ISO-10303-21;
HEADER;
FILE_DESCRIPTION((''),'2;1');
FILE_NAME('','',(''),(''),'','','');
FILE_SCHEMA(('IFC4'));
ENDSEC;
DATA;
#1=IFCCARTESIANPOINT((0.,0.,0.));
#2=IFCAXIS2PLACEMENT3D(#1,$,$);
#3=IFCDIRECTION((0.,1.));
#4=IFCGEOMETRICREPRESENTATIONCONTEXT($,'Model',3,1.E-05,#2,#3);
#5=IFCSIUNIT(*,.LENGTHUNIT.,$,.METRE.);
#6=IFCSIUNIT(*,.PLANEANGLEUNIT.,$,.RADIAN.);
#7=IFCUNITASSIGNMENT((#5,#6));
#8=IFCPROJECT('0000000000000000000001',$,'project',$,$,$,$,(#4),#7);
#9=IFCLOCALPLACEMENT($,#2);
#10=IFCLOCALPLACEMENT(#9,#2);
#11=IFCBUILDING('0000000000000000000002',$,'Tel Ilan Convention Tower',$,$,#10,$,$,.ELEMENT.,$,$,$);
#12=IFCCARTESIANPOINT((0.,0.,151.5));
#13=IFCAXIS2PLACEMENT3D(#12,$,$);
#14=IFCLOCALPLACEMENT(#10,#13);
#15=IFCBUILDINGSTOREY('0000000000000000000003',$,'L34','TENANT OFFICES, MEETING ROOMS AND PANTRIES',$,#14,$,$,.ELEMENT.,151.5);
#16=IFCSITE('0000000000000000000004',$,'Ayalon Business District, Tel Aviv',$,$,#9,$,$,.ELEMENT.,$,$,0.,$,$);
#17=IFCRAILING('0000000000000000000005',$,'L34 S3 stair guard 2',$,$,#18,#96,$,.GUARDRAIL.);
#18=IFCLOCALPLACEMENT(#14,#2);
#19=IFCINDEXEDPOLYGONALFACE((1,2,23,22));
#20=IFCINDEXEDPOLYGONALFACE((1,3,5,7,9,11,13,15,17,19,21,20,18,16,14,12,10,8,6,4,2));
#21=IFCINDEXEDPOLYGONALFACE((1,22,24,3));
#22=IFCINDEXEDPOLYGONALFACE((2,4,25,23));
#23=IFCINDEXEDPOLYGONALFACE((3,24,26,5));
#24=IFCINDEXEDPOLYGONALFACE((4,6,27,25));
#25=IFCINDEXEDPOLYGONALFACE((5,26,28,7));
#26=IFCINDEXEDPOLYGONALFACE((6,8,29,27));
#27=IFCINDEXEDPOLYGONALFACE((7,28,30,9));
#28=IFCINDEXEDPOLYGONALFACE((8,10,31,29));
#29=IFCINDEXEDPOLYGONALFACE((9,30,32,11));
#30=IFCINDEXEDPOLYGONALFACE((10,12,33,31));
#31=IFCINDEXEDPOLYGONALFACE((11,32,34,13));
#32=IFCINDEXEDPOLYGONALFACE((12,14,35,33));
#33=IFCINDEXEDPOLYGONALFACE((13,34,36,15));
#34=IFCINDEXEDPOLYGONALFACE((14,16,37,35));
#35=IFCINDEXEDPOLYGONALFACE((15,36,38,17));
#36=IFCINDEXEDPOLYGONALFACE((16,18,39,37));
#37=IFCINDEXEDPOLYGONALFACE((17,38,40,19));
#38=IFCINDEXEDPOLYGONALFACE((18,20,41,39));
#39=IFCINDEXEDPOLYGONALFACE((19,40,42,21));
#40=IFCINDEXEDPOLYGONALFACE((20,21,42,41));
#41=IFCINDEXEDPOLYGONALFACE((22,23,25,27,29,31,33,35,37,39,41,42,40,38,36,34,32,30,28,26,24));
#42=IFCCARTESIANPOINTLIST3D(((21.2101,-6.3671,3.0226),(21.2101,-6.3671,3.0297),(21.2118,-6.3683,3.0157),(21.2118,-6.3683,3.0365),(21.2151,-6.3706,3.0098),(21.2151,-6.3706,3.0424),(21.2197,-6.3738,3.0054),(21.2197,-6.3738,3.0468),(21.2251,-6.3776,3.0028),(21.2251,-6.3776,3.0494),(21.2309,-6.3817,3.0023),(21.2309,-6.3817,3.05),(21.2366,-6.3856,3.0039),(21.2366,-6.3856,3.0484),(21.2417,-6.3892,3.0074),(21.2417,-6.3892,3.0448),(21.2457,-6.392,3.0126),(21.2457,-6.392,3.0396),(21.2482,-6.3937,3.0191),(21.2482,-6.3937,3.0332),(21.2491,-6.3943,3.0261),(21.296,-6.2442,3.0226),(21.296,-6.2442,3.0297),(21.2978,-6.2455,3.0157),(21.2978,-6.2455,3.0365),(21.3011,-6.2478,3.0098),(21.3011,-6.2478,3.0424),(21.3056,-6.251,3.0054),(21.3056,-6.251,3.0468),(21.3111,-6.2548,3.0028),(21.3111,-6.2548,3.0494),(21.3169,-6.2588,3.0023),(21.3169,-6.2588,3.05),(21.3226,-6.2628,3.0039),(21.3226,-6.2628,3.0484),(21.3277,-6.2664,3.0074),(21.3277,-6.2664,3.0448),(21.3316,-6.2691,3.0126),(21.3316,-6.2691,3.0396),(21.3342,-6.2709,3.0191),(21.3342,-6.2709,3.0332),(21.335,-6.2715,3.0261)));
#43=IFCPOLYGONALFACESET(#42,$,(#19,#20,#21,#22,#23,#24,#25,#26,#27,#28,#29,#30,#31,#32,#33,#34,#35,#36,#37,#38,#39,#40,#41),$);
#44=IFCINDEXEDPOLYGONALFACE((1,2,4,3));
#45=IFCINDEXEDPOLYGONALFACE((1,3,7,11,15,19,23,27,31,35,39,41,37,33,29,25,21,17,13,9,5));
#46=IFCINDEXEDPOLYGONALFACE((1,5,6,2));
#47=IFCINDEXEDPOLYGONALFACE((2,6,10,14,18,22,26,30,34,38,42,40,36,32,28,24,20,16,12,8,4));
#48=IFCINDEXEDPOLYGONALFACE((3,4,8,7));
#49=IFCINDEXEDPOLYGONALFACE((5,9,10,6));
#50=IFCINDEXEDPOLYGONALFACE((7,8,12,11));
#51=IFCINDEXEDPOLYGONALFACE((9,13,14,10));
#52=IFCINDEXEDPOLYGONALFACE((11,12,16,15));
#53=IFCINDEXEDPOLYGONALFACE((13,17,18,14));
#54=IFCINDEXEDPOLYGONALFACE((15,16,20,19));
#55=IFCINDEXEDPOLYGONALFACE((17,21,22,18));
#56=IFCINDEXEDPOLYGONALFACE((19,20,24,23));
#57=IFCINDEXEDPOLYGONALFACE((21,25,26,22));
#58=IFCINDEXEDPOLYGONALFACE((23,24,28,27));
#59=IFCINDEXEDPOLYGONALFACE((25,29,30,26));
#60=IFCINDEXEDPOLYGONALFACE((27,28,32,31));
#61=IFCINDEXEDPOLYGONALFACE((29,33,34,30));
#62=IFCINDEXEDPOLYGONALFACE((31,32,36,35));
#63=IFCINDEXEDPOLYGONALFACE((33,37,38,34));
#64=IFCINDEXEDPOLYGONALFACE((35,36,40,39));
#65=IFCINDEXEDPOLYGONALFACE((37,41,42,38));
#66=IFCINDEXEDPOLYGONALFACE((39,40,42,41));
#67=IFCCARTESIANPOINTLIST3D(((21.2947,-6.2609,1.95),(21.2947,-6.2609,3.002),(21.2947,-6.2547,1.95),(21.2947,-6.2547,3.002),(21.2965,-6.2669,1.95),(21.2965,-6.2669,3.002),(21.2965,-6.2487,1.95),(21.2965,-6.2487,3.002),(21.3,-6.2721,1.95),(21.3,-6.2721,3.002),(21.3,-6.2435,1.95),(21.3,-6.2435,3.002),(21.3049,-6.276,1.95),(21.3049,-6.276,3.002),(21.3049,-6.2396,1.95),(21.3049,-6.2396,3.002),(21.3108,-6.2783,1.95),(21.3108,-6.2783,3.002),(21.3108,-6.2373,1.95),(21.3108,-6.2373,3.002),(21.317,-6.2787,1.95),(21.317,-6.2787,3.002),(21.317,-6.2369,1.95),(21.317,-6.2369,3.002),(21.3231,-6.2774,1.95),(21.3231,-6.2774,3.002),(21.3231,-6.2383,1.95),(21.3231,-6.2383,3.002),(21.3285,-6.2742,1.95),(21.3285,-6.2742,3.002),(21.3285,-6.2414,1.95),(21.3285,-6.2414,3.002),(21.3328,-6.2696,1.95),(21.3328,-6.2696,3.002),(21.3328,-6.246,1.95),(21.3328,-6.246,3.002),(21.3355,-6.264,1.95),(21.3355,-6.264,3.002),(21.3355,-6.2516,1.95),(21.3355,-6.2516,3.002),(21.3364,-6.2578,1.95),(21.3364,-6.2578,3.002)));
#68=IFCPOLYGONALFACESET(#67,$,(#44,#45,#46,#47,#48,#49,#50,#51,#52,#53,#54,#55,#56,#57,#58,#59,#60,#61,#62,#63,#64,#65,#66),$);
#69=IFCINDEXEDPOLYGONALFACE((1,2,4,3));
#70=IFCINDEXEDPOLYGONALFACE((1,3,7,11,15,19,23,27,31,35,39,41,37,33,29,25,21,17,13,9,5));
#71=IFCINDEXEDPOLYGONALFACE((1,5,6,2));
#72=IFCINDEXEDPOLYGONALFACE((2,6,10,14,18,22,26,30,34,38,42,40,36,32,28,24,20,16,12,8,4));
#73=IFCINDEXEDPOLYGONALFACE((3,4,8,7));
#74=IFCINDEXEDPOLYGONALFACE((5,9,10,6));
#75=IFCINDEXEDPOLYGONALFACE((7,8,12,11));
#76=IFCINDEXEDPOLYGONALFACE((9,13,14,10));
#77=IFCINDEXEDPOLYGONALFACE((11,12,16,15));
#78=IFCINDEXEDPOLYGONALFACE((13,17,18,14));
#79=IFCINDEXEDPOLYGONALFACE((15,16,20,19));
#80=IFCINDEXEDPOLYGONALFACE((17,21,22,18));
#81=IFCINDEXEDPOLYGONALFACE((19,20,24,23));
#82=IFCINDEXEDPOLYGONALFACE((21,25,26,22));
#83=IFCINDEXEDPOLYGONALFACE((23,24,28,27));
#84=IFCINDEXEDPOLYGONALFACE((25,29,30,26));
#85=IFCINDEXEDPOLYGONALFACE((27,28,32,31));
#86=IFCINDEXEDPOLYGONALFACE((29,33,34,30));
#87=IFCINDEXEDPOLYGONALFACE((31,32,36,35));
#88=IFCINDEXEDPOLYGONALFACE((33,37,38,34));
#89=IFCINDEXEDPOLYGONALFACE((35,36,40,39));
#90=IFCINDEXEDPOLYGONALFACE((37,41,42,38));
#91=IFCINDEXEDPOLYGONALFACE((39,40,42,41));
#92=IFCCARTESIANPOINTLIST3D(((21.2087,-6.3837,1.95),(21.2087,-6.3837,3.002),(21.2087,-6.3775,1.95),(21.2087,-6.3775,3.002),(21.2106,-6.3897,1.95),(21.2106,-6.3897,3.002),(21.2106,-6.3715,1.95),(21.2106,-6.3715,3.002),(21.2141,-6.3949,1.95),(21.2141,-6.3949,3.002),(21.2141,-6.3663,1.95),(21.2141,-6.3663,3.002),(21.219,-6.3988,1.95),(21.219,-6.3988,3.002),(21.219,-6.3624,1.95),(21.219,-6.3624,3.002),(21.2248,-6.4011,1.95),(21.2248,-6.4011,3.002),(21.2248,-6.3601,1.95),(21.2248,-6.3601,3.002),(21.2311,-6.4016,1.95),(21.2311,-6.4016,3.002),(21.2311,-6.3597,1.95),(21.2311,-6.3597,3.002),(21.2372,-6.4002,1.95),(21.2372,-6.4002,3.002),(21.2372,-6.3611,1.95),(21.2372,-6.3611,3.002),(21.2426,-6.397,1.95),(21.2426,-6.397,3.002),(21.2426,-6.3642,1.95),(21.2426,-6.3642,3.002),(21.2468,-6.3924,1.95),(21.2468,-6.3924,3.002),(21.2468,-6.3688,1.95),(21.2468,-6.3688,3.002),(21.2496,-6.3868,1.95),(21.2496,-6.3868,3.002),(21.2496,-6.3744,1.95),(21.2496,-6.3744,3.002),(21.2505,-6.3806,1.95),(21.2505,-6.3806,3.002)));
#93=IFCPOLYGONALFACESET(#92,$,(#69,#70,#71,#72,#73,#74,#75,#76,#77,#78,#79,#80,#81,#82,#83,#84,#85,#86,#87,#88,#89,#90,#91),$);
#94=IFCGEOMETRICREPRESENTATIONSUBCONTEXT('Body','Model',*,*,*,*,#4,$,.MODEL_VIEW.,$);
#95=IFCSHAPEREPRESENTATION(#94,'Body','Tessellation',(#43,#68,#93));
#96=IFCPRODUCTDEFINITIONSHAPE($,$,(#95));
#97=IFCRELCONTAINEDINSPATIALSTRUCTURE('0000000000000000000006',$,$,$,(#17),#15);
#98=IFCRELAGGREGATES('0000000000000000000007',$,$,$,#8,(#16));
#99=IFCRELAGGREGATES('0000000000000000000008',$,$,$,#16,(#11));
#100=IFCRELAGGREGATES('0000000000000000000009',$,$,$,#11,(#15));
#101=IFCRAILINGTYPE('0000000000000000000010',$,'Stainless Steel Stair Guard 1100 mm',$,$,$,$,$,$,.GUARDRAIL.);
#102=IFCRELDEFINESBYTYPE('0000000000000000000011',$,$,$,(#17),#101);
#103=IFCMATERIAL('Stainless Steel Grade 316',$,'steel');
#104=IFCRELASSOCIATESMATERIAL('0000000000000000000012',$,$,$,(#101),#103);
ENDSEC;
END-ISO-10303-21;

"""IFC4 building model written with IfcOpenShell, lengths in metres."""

from ifc_helpers import new_model, si_unit, direction, frame, origin, origin_2d, place, context, subcontext, project, spatial, circle, extrude, material, type_object, element, save


model = new_model("IFC4")

# Units and contexts
model_context = context("Model", 3, precision=1e-05, world=origin(), true_north=direction((0.0, 1.0)))
body_context = subcontext(model_context, "Body", "Model", "MODEL_VIEW")
ifc_project = project(units=[si_unit("LENGTHUNIT", "METRE"), si_unit("PLANEANGLEUNIT", "RADIAN")], contexts=[model_context])

# Site, building, storey
site_placement = place(None, origin())
site = spatial("IfcSite", under=ifc_project, at=site_placement, Name="Ayalon Business District, Tel Aviv", CompositionType="ELEMENT", RefElevation=0.0)
building_placement = place(site_placement, origin())
building = spatial("IfcBuilding", under=site, at=building_placement, Name="Tel Ilan Convention Tower", CompositionType="ELEMENT")
storey_placement = place(building_placement, frame((0.0, 0.0, 151.5)))
storey = spatial("IfcBuildingStorey", under=building, at=storey_placement, Name="L34", Description="TENANT OFFICES, MEETING ROOMS AND PANTRIES", CompositionType="ELEMENT", Elevation=151.5)

# Railing
ifc_material_1 = material(Name="Stainless Steel Grade 316", Category="steel")
railing_type_1 = type_object("IfcRailingType", Name="Stainless Steel Stair Guard 1100 mm", PredefinedType="GUARDRAIL", material=ifc_material_1)
railing_1_placement = place(storey_placement, frame((21.3154, -6.2578, 1.95)))
element("IfcRailing", 1, at=railing_1_placement, inside=storey, type_object=railing_type_1, Name="L34 S3 stair guard 2", PredefinedType="GUARDRAIL", context=body_context, shape_type="SweptSolid", body=[
    extrude(circle(Radius=0.0239, at=origin_2d()), frame((0.0, 0.0, 1.0762), z_axis=(-0.573353, -0.819308, 0.0), x_axis=(0.819308, -0.573353, 0.0)), (0.0, 0.0, 1.0), 0.1499),
    extrude(circle(Radius=0.021, at=origin_2d()), origin(), (0.0, 0.0, 1.0), 1.052),
    extrude(circle(Radius=0.021, at=origin_2d()), frame((-0.0859, -0.1228, 0.0)), (0.0, 0.0, 1.0), 1.052),
])

save(model, "model.ifc")
